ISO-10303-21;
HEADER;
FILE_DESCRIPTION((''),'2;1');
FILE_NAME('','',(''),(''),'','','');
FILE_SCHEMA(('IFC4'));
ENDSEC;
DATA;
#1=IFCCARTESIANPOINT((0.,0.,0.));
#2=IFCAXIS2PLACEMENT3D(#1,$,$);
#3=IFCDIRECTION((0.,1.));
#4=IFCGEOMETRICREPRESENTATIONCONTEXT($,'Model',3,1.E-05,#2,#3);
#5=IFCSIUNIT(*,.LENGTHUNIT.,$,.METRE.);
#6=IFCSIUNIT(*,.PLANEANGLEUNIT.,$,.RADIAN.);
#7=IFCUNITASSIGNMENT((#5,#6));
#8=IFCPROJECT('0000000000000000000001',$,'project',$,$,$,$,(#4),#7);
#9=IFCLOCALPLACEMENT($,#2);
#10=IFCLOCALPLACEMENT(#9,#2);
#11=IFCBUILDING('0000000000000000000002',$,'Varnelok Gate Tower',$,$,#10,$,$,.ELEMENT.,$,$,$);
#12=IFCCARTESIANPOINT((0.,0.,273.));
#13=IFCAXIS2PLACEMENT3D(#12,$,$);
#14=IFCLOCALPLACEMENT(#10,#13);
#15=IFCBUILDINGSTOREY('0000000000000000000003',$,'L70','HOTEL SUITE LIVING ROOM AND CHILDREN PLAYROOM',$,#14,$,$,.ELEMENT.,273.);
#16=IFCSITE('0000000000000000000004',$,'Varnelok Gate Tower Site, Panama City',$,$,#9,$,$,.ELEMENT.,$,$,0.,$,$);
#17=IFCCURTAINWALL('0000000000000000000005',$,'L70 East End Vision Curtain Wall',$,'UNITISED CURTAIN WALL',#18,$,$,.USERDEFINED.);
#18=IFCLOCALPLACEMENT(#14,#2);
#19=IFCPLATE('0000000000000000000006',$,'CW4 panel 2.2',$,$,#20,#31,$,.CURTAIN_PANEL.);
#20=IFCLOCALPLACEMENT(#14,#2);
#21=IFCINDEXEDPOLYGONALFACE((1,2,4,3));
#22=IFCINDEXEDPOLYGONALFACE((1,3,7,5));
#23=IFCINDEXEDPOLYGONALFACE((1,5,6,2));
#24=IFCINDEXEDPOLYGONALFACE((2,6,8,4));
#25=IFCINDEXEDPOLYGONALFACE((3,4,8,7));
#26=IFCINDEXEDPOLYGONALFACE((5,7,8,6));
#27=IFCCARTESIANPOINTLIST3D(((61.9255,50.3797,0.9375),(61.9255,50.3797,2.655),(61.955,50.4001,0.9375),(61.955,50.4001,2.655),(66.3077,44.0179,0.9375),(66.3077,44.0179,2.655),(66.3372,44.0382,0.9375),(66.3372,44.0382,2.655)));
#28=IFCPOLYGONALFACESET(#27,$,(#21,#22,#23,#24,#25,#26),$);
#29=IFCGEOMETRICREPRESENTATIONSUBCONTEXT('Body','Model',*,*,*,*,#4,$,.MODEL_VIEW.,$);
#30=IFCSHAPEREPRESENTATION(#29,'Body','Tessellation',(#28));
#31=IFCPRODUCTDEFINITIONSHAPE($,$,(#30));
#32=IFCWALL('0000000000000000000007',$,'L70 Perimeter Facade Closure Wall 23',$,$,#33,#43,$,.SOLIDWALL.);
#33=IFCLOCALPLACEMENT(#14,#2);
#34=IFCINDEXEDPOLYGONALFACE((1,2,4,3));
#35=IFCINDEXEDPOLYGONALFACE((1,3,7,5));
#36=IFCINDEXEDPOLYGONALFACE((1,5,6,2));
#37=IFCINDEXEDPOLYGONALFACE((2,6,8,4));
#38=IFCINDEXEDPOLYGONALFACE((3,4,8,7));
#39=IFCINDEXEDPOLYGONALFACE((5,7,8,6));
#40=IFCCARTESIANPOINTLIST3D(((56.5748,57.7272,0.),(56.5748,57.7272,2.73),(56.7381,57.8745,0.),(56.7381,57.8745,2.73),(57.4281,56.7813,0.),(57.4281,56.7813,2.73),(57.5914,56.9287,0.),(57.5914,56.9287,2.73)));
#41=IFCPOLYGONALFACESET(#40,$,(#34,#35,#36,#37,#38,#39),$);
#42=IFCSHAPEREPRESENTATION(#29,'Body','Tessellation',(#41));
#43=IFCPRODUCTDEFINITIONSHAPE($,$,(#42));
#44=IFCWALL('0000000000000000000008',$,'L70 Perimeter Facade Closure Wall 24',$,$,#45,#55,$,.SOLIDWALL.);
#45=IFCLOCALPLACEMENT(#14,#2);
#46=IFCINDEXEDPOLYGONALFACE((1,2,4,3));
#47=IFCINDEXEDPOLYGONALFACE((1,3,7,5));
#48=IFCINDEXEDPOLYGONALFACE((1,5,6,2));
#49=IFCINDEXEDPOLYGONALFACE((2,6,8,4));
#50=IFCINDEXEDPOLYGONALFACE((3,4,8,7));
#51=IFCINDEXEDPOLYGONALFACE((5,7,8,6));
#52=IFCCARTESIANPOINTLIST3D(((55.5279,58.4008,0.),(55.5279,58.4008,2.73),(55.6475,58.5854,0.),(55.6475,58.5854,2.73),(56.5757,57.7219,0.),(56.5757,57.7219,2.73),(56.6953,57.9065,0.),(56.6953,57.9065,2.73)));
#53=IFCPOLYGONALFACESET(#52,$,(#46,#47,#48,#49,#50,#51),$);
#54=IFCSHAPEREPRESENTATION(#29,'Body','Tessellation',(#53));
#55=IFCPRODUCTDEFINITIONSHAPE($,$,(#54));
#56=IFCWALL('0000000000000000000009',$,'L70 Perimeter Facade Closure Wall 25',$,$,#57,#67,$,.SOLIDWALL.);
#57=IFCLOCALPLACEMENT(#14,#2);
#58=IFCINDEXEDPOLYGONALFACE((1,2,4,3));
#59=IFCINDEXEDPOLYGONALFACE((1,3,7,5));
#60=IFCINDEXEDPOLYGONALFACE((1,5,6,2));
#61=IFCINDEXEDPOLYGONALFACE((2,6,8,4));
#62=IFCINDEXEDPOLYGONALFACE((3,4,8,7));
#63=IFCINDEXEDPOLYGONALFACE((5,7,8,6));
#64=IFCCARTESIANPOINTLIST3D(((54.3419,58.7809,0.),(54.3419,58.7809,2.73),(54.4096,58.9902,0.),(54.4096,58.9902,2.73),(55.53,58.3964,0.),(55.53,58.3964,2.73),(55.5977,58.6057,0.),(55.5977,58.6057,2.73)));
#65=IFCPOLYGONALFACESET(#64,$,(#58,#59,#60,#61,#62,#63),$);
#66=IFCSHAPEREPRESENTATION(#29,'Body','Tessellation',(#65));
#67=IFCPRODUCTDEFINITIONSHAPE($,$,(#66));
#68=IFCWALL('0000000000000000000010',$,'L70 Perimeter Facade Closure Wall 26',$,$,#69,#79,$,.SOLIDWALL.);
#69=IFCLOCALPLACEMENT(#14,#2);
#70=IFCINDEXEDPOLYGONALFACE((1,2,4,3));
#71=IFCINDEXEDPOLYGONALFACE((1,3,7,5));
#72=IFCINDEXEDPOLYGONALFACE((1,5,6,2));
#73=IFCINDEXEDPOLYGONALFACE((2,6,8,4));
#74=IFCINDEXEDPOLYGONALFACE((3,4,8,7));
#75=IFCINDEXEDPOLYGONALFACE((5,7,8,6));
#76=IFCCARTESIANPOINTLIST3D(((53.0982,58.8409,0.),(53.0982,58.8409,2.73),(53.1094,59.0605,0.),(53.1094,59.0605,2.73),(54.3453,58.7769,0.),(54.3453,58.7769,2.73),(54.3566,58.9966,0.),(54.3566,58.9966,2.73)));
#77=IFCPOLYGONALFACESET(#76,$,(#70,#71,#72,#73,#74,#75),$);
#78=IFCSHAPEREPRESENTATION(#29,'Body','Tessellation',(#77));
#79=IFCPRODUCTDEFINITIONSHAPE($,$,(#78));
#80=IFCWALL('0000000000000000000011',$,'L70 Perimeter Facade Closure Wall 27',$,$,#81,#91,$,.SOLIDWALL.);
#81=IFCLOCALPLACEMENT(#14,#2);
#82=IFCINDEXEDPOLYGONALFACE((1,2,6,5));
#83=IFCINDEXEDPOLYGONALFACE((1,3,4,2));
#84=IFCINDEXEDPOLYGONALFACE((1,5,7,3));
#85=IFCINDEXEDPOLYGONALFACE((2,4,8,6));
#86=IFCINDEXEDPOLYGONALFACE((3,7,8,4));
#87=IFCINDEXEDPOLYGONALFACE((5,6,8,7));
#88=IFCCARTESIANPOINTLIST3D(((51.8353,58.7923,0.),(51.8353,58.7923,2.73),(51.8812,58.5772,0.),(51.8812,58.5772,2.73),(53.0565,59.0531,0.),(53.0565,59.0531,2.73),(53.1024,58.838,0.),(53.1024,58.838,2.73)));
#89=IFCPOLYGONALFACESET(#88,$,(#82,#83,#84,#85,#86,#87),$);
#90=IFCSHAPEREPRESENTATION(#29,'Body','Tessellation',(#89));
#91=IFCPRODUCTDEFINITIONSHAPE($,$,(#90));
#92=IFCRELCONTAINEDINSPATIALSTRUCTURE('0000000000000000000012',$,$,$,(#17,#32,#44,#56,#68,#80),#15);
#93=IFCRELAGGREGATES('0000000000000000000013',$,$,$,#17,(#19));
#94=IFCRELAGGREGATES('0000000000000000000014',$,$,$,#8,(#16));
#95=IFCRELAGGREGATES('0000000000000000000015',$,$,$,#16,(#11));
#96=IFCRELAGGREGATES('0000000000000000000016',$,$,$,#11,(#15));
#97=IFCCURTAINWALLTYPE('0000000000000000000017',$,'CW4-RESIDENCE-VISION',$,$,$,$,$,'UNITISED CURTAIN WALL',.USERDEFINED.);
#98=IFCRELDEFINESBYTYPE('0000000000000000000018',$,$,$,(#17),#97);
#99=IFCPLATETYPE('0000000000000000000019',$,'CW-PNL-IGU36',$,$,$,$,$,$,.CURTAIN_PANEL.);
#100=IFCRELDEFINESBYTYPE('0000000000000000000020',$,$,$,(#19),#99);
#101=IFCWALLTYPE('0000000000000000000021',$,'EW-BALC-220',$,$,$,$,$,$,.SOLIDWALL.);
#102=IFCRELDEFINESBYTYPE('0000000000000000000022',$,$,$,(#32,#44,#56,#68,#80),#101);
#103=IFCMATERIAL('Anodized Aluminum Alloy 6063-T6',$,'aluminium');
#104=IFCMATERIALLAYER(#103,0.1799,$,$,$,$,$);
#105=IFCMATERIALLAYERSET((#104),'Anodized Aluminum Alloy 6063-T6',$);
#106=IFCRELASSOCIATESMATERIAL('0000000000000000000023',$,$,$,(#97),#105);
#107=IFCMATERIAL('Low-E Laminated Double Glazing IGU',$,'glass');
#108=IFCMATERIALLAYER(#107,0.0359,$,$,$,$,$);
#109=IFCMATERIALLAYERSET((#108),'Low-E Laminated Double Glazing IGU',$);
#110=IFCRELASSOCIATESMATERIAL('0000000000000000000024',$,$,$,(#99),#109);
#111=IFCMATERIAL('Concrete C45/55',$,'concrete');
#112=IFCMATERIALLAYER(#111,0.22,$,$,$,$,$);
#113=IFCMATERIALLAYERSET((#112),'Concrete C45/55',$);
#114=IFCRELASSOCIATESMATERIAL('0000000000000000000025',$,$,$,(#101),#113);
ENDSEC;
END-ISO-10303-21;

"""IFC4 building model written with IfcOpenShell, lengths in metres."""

from ifc_helpers import new_model, si_unit, direction, frame, frame_2d, origin, origin_2d, place, context, subcontext, project, spatial, rectangle, extrude, source, transform, mapped, material, layer, layer_set, type_object, element, aggregate, save


model = new_model("IFC4")

# Units and contexts
model_context = context("Model", 3, precision=1e-05, world=origin(), true_north=direction((0.0, 1.0)))
body_context = subcontext(model_context, "Body", "Model", "MODEL_VIEW")
ifc_project = project(units=[si_unit("LENGTHUNIT", "METRE"), si_unit("PLANEANGLEUNIT", "RADIAN")], contexts=[model_context])

# Site, building, storey
site_placement = place(None, origin())
site = spatial("IfcSite", under=ifc_project, at=site_placement, Name="Varnelok Gate Tower Site, Panama City", CompositionType="ELEMENT", RefElevation=0.0)
building_placement = place(site_placement, origin())
building = spatial("IfcBuilding", under=site, at=building_placement, Name="Varnelok Gate Tower", CompositionType="ELEMENT")
storey_placement = place(building_placement, frame((0.0, 0.0, 273.0)))
storey = spatial("IfcBuildingStorey", under=building, at=storey_placement, Name="L70", Description="HOTEL SUITE LIVING ROOM AND CHILDREN PLAYROOM", CompositionType="ELEMENT", Elevation=273.0)

# Curtain wall, plate
ifc_material_1 = material(Name="Anodized Aluminum Alloy 6063-T6", Category="aluminium")
ifc_layer_1 = layer(ifc_material_1, 0.1799)
ifc_layer_set_1 = layer_set([ifc_layer_1], Name="Anodized Aluminum Alloy 6063-T6")
curtain_wall_type = type_object("IfcCurtainWallType", Name="CW4-RESIDENCE-VISION", ElementType="UNITISED CURTAIN WALL", PredefinedType="USERDEFINED", material=ifc_layer_set_1)
curtain_wall_placement = place(storey_placement, origin())
curtain_wall = element("IfcCurtainWall", 1, at=curtain_wall_placement, inside=storey, type_object=curtain_wall_type, Name="L70 East End Vision Curtain Wall", ObjectType="UNITISED CURTAIN WALL", PredefinedType="USERDEFINED")
ifc_material_2 = material(Name="Low-E Laminated Double Glazing IGU", Category="glass")
ifc_layer_2 = layer(ifc_material_2, 0.0359)
ifc_layer_set_2 = layer_set([ifc_layer_2], Name="Low-E Laminated Double Glazing IGU")
plate_type = type_object("IfcPlateType", Name="CW-PNL-IGU36", PredefinedType="CURTAIN_PANEL", material=ifc_layer_set_2)
shared_shape_1 = source(origin(), body_context, "Body", "SweptSolid", [
    extrude(rectangle(XDim=7.7251, YDim=0.0359, at=origin_2d()), origin(), (0.0, 0.0, 1.0), 1.7175),
])
plate_1_placement = place(storey_placement, frame((64.1313, 47.209, 0.9375), z_axis=(0.0, 0.0, 1.0), x_axis=(0.567269, -0.823532, 0.0)))
plate_1 = element("IfcPlate", 2, at=plate_1_placement, type_object=plate_type, Name="CW4 panel 2.2", PredefinedType="CURTAIN_PANEL", context=body_context, shape_type="MappedRepresentation", body=[
    mapped(shared_shape_1, transform((0.0, 0.0, 0.0), scale=1.0)),
])
aggregate(curtain_wall, [plate_1])

# Walls
ifc_material_3 = material(Name="Concrete C45/55", Category="concrete")
ifc_layer_3 = layer(ifc_material_3, 0.22)
ifc_layer_set_3 = layer_set([ifc_layer_3], Name="Concrete C45/55")
wall_type = type_object("IfcWallType", Name="EW-BALC-220", PredefinedType="SOLIDWALL", material=ifc_layer_set_3)
wall_1_placement = place(storey_placement, frame((57.5098, 56.855, 0.0), z_axis=(0.0, 0.0, 1.0), x_axis=(-0.669854, 0.742493, 0.0)))
element("IfcWall", 3, at=wall_1_placement, inside=storey, type_object=wall_type, Name="L70 Perimeter Facade Closure Wall 23", PredefinedType="SOLIDWALL", context=body_context, shape_type="SweptSolid", body=[
    extrude(rectangle(XDim=1.2739, YDim=0.22, at=frame_2d((0.637, 0.0))), origin(), (0.0, 0.0, 1.0), 2.73),
])
wall_2_placement = place(storey_placement, frame((56.6355, 57.8142, 0.0), z_axis=(0.0, 0.0, 1.0), x_axis=(-0.839229, 0.543778, 0.0)))
element("IfcWall", 4, at=wall_2_placement, inside=storey, type_object=wall_type, Name="L70 Perimeter Facade Closure Wall 24", PredefinedType="SOLIDWALL", context=body_context, shape_type="SweptSolid", body=[
    extrude(rectangle(XDim=1.2485, YDim=0.22, at=frame_2d((0.6243, 0.0))), origin(), (0.0, 0.0, 1.0), 2.73),
])
for number, where, z_axis, x_axis, name in (
    (5, (55.564, 58.501, 0.0), (0.0, 0.0, 1.0), (-0.951404, 0.307945, 0.0), "L70 Perimeter Facade Closure Wall 25"),
    (6, (54.3511, 58.8867, 0.0), (0.0, 0.0, 1.0), (-0.998687, 0.051225, 0.0), "L70 Perimeter Facade Closure Wall 26"),
    (7, (53.0796, 58.9456, 0.0), (0.0, 0.0, 1.0), (-0.977957, -0.208808, 0.0), "L70 Perimeter Facade Closure Wall 27"),
):
    element("IfcWall", number, at=place(storey_placement, frame(where, z_axis=z_axis, x_axis=x_axis)), inside=storey, type_object=wall_type, Name=name, PredefinedType="SOLIDWALL", context=body_context, shape_type="SweptSolid", body=[
        extrude(rectangle(XDim=1.2488, YDim=0.22, at=frame_2d((0.6245, 0.0))), origin(), (0.0, 0.0, 1.0), 2.73),
    ])

save(model, "model.ifc")
